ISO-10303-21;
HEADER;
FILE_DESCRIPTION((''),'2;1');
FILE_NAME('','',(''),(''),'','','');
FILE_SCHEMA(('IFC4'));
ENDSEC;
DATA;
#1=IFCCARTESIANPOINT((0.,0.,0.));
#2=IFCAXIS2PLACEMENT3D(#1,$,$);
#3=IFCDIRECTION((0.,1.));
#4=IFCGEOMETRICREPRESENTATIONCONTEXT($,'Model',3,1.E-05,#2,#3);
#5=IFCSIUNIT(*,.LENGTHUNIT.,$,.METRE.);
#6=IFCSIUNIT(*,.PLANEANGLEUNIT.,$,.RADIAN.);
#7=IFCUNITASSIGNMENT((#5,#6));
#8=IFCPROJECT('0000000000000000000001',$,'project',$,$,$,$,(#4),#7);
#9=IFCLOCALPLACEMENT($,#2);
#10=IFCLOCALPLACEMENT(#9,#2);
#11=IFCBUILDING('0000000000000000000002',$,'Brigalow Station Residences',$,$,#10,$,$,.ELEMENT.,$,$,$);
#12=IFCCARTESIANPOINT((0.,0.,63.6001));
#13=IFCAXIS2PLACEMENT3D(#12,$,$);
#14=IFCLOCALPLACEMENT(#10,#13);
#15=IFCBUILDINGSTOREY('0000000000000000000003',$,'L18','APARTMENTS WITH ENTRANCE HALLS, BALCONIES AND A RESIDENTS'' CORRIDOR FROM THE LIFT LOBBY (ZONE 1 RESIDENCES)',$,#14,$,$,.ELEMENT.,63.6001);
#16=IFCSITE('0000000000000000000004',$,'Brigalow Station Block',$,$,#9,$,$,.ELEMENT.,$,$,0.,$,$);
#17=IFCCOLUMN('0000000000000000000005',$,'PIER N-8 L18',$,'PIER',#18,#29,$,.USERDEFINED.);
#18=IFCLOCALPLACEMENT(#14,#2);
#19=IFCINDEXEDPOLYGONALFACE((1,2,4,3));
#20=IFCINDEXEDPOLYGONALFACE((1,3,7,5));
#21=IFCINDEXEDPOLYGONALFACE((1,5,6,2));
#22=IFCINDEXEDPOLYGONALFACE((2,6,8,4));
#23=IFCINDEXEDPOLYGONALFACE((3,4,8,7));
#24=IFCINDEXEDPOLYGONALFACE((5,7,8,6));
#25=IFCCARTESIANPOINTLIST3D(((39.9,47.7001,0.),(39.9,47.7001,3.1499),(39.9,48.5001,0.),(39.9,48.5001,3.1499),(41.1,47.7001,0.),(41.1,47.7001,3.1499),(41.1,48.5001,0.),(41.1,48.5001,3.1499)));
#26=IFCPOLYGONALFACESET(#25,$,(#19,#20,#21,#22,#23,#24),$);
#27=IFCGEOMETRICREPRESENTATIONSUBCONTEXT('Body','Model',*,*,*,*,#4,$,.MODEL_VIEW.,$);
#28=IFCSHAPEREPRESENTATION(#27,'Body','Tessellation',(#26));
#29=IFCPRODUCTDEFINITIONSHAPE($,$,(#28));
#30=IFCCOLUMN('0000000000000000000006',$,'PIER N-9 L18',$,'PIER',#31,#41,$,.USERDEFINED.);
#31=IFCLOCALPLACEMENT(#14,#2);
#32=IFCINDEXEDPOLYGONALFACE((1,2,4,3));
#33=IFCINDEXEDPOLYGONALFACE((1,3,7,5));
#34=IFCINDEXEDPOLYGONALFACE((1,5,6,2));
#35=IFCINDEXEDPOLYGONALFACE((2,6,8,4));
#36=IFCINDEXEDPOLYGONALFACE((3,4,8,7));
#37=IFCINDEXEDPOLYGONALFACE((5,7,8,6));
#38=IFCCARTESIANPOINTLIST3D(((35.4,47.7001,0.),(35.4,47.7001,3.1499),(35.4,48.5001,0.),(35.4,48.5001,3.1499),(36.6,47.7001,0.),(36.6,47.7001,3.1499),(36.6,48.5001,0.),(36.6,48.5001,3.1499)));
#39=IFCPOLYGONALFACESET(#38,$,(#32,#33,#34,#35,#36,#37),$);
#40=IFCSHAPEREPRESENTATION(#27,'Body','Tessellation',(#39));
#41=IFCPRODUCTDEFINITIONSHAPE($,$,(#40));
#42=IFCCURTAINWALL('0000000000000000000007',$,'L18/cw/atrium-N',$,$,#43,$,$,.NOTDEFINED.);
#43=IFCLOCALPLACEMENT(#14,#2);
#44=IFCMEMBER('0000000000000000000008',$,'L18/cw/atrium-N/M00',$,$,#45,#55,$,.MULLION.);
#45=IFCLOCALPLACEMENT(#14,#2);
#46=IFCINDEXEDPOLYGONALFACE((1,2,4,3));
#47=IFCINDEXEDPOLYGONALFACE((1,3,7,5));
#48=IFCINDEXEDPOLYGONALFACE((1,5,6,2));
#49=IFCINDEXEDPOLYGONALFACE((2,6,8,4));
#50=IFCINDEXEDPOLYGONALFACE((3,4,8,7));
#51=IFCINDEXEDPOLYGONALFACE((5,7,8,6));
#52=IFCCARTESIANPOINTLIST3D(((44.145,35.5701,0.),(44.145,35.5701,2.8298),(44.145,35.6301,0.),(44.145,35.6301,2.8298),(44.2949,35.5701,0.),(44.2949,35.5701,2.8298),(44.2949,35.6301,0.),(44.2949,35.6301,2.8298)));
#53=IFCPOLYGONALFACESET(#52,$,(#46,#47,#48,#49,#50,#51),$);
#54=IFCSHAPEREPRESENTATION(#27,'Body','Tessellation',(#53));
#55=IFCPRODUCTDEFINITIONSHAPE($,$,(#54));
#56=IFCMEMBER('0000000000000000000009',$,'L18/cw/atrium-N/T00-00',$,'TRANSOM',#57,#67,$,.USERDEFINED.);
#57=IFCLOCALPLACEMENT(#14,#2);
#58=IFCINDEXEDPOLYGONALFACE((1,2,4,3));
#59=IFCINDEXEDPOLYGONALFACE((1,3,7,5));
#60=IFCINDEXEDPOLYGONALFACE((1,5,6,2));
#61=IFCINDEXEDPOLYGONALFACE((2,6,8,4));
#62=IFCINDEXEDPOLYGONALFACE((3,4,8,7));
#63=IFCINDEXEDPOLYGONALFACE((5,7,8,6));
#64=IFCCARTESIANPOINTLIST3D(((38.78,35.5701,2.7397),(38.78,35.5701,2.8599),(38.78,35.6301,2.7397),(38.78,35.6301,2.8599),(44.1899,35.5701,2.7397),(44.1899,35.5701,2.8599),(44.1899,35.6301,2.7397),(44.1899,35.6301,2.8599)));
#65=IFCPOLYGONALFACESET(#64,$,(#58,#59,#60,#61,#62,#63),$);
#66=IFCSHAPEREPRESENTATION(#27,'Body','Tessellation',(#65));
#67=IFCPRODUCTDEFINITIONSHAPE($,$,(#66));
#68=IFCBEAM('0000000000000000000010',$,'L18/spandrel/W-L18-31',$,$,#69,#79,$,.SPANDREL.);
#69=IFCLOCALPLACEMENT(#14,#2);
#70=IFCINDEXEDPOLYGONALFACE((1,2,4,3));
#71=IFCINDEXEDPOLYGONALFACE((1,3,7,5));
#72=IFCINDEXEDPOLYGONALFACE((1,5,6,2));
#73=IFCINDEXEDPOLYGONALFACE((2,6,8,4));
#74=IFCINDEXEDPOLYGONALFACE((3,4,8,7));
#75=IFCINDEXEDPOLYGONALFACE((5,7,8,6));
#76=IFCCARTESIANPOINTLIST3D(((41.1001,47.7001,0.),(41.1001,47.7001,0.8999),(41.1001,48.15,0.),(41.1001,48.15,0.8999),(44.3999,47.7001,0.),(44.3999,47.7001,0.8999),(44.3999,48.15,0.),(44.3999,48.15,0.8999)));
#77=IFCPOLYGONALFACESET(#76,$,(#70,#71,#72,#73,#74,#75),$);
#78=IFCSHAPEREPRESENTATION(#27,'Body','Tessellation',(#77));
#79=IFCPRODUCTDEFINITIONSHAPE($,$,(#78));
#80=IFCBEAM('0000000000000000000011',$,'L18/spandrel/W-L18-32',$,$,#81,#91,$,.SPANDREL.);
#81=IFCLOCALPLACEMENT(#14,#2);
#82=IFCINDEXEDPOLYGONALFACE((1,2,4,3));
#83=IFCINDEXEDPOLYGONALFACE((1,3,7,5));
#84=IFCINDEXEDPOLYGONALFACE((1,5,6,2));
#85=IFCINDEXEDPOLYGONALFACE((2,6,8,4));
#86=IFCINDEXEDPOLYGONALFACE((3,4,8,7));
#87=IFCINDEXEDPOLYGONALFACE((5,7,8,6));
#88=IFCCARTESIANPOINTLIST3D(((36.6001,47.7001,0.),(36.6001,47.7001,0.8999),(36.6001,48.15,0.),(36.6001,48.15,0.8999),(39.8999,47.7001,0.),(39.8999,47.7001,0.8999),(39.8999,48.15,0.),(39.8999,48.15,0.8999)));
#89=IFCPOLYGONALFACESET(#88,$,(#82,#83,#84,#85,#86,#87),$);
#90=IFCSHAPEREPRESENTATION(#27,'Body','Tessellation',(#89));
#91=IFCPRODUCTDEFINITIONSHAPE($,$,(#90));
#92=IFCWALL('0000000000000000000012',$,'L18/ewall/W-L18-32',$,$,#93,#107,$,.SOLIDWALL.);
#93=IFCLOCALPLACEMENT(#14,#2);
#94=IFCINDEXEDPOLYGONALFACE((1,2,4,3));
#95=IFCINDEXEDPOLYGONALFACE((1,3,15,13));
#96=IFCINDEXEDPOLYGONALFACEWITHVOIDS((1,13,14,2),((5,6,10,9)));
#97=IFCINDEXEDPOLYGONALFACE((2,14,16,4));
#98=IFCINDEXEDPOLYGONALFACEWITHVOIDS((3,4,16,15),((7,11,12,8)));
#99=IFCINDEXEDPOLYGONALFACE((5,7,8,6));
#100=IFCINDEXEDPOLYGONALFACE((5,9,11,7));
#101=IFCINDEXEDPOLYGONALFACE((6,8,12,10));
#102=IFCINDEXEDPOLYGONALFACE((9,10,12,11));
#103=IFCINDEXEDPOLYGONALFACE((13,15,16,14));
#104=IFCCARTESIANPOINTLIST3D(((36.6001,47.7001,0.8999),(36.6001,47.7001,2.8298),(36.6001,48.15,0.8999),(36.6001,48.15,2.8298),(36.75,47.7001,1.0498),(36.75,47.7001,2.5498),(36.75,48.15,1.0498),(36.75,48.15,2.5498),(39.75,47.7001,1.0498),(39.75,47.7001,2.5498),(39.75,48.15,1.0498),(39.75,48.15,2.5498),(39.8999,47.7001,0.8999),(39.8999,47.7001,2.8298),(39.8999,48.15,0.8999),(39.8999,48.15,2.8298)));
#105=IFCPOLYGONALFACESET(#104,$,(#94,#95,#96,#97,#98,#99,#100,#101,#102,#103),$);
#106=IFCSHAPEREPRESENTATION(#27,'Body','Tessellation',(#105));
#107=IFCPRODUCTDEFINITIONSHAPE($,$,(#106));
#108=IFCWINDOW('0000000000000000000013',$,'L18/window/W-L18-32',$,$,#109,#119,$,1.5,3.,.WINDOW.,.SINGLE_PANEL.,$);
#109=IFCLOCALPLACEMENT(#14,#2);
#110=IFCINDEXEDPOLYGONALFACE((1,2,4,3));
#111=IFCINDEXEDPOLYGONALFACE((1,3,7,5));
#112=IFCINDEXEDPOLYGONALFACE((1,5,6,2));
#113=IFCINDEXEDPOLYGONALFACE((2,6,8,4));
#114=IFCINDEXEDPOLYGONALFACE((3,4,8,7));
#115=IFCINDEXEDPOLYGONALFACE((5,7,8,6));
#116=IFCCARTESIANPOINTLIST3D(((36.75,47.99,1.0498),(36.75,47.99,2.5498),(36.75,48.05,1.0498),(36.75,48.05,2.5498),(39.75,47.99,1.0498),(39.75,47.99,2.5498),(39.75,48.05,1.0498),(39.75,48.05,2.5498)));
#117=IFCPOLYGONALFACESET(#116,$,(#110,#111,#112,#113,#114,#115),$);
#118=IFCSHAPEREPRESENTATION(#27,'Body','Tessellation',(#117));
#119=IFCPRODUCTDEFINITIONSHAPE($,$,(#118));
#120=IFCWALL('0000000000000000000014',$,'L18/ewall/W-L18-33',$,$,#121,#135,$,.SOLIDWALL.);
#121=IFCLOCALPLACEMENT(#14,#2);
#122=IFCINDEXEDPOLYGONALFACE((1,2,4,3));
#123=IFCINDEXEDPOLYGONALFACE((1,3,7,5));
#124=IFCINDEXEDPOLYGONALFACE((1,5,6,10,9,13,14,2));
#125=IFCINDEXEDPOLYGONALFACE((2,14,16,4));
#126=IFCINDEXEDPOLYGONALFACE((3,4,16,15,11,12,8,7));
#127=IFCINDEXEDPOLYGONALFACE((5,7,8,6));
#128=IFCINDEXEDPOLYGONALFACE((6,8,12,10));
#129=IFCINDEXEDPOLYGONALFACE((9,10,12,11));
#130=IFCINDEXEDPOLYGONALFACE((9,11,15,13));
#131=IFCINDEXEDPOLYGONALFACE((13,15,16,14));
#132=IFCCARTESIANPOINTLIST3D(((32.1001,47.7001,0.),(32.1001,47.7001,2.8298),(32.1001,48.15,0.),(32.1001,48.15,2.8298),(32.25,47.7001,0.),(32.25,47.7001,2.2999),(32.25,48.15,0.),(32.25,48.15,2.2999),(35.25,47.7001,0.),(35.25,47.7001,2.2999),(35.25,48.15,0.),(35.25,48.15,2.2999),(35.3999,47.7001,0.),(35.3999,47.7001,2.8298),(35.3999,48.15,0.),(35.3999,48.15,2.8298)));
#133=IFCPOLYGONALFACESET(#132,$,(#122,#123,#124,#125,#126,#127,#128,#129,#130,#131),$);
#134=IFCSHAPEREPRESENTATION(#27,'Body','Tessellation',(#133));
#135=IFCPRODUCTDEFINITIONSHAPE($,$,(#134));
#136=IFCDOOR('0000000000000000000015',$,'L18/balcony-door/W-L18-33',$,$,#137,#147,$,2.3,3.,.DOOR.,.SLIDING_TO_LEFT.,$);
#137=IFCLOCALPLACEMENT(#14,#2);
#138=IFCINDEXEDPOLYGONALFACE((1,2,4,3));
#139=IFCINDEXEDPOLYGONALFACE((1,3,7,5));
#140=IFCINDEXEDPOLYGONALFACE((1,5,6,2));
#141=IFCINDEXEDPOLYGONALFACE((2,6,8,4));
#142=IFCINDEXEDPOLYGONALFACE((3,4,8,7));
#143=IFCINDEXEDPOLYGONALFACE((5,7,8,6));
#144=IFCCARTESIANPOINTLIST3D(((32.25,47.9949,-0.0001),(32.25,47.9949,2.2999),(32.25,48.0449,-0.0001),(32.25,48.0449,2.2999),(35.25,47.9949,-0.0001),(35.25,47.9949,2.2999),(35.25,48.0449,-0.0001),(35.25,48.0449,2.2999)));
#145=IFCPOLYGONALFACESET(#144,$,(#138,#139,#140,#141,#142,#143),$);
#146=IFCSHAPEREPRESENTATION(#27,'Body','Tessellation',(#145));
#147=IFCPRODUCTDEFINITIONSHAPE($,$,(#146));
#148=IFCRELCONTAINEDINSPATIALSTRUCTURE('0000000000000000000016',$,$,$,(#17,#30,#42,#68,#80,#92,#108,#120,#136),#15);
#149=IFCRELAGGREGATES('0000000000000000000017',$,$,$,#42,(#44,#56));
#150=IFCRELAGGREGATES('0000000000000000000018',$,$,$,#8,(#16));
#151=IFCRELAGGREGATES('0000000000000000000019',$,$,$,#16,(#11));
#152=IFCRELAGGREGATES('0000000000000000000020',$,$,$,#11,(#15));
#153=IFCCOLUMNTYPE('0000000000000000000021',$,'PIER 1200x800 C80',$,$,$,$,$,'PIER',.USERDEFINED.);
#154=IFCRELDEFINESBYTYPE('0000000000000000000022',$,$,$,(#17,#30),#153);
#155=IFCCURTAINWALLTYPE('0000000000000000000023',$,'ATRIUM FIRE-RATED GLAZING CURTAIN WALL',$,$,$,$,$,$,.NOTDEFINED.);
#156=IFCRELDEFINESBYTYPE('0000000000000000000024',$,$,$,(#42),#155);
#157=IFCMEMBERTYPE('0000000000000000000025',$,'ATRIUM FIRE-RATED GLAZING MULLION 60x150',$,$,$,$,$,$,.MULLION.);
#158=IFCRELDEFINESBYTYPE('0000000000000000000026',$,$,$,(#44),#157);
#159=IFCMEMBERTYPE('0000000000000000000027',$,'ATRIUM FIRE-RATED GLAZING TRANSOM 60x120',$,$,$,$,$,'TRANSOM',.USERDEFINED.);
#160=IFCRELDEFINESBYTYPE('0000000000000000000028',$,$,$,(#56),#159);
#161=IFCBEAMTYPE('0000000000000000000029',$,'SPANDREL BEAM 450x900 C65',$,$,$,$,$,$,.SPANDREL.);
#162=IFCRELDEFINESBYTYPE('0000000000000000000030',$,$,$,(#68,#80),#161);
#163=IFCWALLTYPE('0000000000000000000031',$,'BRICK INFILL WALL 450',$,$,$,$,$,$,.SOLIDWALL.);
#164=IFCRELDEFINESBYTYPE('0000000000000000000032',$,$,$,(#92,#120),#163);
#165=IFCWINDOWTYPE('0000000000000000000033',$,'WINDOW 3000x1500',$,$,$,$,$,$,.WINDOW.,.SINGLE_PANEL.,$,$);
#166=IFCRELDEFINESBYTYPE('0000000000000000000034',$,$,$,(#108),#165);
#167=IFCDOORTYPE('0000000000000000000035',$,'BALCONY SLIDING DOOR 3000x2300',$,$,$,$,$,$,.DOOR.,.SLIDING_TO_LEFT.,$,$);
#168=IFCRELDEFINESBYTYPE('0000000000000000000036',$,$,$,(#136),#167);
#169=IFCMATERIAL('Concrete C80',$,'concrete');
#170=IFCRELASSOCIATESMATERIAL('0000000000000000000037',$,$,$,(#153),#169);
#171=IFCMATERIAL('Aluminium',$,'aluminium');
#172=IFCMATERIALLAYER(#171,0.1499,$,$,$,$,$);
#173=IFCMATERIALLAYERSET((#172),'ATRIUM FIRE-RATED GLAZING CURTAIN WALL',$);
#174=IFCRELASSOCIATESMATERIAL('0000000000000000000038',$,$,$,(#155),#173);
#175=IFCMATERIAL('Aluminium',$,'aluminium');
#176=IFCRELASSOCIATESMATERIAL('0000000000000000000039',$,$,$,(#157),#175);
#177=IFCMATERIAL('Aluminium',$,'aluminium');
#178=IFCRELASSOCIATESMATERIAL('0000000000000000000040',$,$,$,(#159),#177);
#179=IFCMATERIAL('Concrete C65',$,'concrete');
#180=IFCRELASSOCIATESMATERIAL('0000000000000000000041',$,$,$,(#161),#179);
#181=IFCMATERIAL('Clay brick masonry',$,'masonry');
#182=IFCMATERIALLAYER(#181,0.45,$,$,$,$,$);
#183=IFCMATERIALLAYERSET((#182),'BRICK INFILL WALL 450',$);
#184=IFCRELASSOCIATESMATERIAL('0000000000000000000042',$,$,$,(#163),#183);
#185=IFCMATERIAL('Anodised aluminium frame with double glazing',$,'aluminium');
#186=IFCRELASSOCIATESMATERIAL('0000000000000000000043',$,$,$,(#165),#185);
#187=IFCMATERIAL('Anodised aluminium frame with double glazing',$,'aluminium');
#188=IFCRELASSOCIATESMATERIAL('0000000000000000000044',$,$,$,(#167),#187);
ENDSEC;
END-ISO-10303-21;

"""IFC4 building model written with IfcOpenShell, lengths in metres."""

from ifc_helpers import new_model, si_unit, direction, frame, frame_2d, origin, origin_2d, place, context, subcontext, project, spatial, rectangle, extrude, material, layer, layer_set, material_profile, profile_set, type_object, element, fill, aggregate, save


model = new_model("IFC4")

# Units and contexts
model_context = context("Model", 3, precision=1e-05, world=origin(), true_north=direction((0.0, 1.0)))
body_context = subcontext(model_context, "Body", "Model", "MODEL_VIEW")
ifc_project = project(units=[si_unit("LENGTHUNIT", "METRE"), si_unit("PLANEANGLEUNIT", "RADIAN")], contexts=[model_context])

# Site, building, storey
site_placement = place(None, origin())
site = spatial("IfcSite", under=ifc_project, at=site_placement, Name="Brigalow Station Block", CompositionType="ELEMENT", RefElevation=0.0)
building_placement = place(site_placement, origin())
building = spatial("IfcBuilding", under=site, at=building_placement, Name="Brigalow Station Residences", CompositionType="ELEMENT")
storey_placement = place(building_placement, frame((0.0, 0.0, 63.6001)))
storey = spatial("IfcBuildingStorey", under=building, at=storey_placement, Name="L18", Description="APARTMENTS WITH ENTRANCE HALLS, BALCONIES AND A RESIDENTS' CORRIDOR FROM THE LIFT LOBBY (ZONE 1 RESIDENCES)", CompositionType="ELEMENT", Elevation=63.6001)

# Columns
ifc_material_1 = material(Name="Concrete C80", Category="concrete")
ifc_material_profile_1 = material_profile(ifc_material_1, rectangle(XDim=1.2, YDim=0.8, at=origin_2d()), Name="RC1200x800")
ifc_profile_set_1 = profile_set([ifc_material_profile_1], Name="Concrete C80")
column_type = type_object("IfcColumnType", Name="PIER 1200x800 C80", ElementType="PIER", PredefinedType="USERDEFINED", material=ifc_profile_set_1)
for number, where, z_axis, x_axis, name in (
    (1, (40.5, 48.1001, 0.0), (0.0, 0.0, 1.0), (-1.0, 0.0, 0.0), "PIER N-8 L18"),
    (2, (36.0, 48.1001, 0.0), (0.0, 0.0, 1.0), (-1.0, 0.0, 0.0), "PIER N-9 L18"),
):
    element("IfcColumn", number, at=place(storey_placement, frame(where, z_axis=z_axis, x_axis=x_axis)), inside=storey, type_object=column_type, Name=name, ObjectType="PIER", PredefinedType="USERDEFINED", context=body_context, shape_type="SweptSolid", body=[
        extrude(rectangle(XDim=1.2, YDim=0.8, at=origin_2d()), origin(), (0.0, 0.0, 1.0), 3.1499),
    ])

# Curtain wall, members
ifc_material_2 = material(Name="Aluminium", Category="aluminium")
ifc_layer_1 = layer(ifc_material_2, 0.1499)
ifc_layer_set_1 = layer_set([ifc_layer_1], Name="ATRIUM FIRE-RATED GLAZING CURTAIN WALL")
curtain_wall_type = type_object("IfcCurtainWallType", Name="ATRIUM FIRE-RATED GLAZING CURTAIN WALL", PredefinedType="NOTDEFINED", material=ifc_layer_set_1)
curtain_wall_placement = place(storey_placement, origin())
curtain_wall = element("IfcCurtainWall", 3, at=curtain_wall_placement, inside=storey, type_object=curtain_wall_type, Name="L18/cw/atrium-N", PredefinedType="NOTDEFINED")
ifc_material_3 = material(Name="Aluminium", Category="aluminium")
ifc_material_profile_2 = material_profile(ifc_material_3, rectangle(XDim=0.0601, YDim=0.1499, at=origin_2d()), Name="ATRIUM FIRE-RATED GLAZING MULLION 60x150")
ifc_profile_set_2 = profile_set([ifc_material_profile_2], Name="Aluminium")
member_type_1 = type_object("IfcMemberType", Name="ATRIUM FIRE-RATED GLAZING MULLION 60x150", PredefinedType="MULLION", material=ifc_profile_set_2)
member_1_placement = place(storey_placement, frame((44.22, 35.6001, 0.0), z_axis=(0.0, 0.0, 1.0), x_axis=(0.0, -1.0, 0.0)))
member_1 = element("IfcMember", 4, at=member_1_placement, type_object=member_type_1, Name="L18/cw/atrium-N/M00", PredefinedType="MULLION", context=body_context, shape_type="SweptSolid", body=[
    extrude(rectangle(XDim=0.0601, YDim=0.1499, at=origin_2d()), origin(), (0.0, 0.0, 1.0), 2.8298),
])
ifc_material_4 = material(Name="Aluminium", Category="aluminium")
ifc_material_profile_3 = material_profile(ifc_material_4, rectangle(XDim=0.0601, YDim=0.1201, at=origin_2d()), Name="ATRIUM FIRE-RATED GLAZING TRANSOM 60x120")
ifc_profile_set_3 = profile_set([ifc_material_profile_3], Name="Aluminium")
member_type_2 = type_object("IfcMemberType", Name="ATRIUM FIRE-RATED GLAZING TRANSOM 60x120", ElementType="TRANSOM", PredefinedType="USERDEFINED", material=ifc_profile_set_3)
member_2_placement = place(storey_placement, frame((44.1899, 35.6001, 2.7998), z_axis=(-1.0, 0.0, 0.0), x_axis=(0.0, -1.0, 0.0)))
member_2 = element("IfcMember", 5, at=member_2_placement, type_object=member_type_2, Name="L18/cw/atrium-N/T00-00", ObjectType="TRANSOM", PredefinedType="USERDEFINED", context=body_context, shape_type="SweptSolid", body=[
    extrude(rectangle(XDim=0.0601, YDim=0.1201, at=origin_2d()), origin(), (0.0, 0.0, 1.0), 5.4099),
])
aggregate(curtain_wall, [member_1, member_2])

# Beams
ifc_material_5 = material(Name="Concrete C65", Category="concrete")
ifc_material_profile_4 = material_profile(ifc_material_5, rectangle(XDim=0.45, YDim=0.8999, at=origin_2d()), Name="RC450x900")
ifc_profile_set_4 = profile_set([ifc_material_profile_4], Name="Concrete C65")
beam_type = type_object("IfcBeamType", Name="SPANDREL BEAM 450x900 C65", PredefinedType="SPANDREL", material=ifc_profile_set_4)
for number, where, z_axis, x_axis, name in (
    (6, (44.3999, 47.925, 0.45), (-1.0, 0.0, 0.0), (0.0, -1.0, 0.0), "L18/spandrel/W-L18-31"),
    (7, (39.8999, 47.925, 0.45), (-1.0, 0.0, 0.0), (0.0, -1.0, 0.0), "L18/spandrel/W-L18-32"),
):
    element("IfcBeam", number, at=place(storey_placement, frame(where, z_axis=z_axis, x_axis=x_axis)), inside=storey, type_object=beam_type, Name=name, PredefinedType="SPANDREL", context=body_context, shape_type="SweptSolid", body=[
        extrude(rectangle(XDim=0.45, YDim=0.8999, at=origin_2d()), origin(), (0.0, 0.0, 1.0), 3.2998),
    ])

# Wall, opening, window
ifc_material_6 = material(Name="Clay brick masonry", Category="masonry")
ifc_layer_2 = layer(ifc_material_6, 0.45)
ifc_layer_set_2 = layer_set([ifc_layer_2], Name="BRICK INFILL WALL 450")
wall_type_1 = type_object("IfcWallType", Name="BRICK INFILL WALL 450", PredefinedType="SOLIDWALL", material=ifc_layer_set_2)
wall_1_placement = place(storey_placement, frame((39.8999, 47.925, 0.8999), z_axis=(0.0, 0.0, 1.0), x_axis=(-1.0, 0.0, 0.0)))
wall_1 = element("IfcWall", 8, at=wall_1_placement, inside=storey, type_object=wall_type_1, Name="L18/ewall/W-L18-32", PredefinedType="SOLIDWALL", context=body_context, shape_type="SweptSolid", body=[
    extrude(rectangle(XDim=3.2998, YDim=0.45, at=frame_2d((1.6499, 0.0))), origin(), (0.0, 0.0, 1.0), 1.9299),
])
opening_1_placement = place(wall_1_placement, frame((0.1499, 0.0, 0.1499)))
opening_1 = element("IfcOpeningElement", 9, at=opening_1_placement, cuts=wall_1, PredefinedType="OPENING", context=body_context, shape_type="SweptSolid", body=[
    extrude(rectangle(XDim=3.0, YDim=1.5, at=frame_2d((1.5, 0.75))), frame((0.0, 0.2349, 0.0), z_axis=(0.0, -1.0, 0.0), x_axis=(1.0, 0.0, 0.0)), (0.0, 0.0, 1.0), 0.47),
])
ifc_material_7 = material(Name="Anodised aluminium frame with double glazing", Category="aluminium")
window_type = type_object("IfcWindowType", Name="WINDOW 3000x1500", PartitioningType="SINGLE_PANEL", PredefinedType="WINDOW", material=ifc_material_7)
window_placement = place(opening_1_placement, origin())
window = element("IfcWindow", 10, at=window_placement, inside=storey, type_object=window_type, Name="L18/window/W-L18-32", OverallHeight=1.5, OverallWidth=3.0, PartitioningType="SINGLE_PANEL", PredefinedType="WINDOW", context=body_context, shape_type="SweptSolid", body=[
    extrude(rectangle(XDim=3.0, YDim=1.5, at=frame_2d((1.5, 0.75))), frame((0.0, -0.0649, 0.0), z_axis=(0.0, -1.0, 0.0), x_axis=(1.0, 0.0, 0.0)), (0.0, 0.0, 1.0), 0.0601),
])
fill(opening_1, window)

# Wall, opening, door
wall_2_placement = place(storey_placement, frame((35.3999, 47.925, 0.0), z_axis=(0.0, 0.0, 1.0), x_axis=(-1.0, 0.0, 0.0)))
wall_2 = element("IfcWall", 11, at=wall_2_placement, inside=storey, type_object=wall_type_1, Name="L18/ewall/W-L18-33", PredefinedType="SOLIDWALL", context=body_context, shape_type="SweptSolid", body=[
    extrude(rectangle(XDim=3.2998, YDim=0.45, at=frame_2d((1.6499, 0.0))), origin(), (0.0, 0.0, 1.0), 2.8298),
])
opening_2_placement = place(wall_2_placement, frame((0.1499, 0.0, 0.0)))
opening_2 = element("IfcOpeningElement", 12, at=opening_2_placement, cuts=wall_2, PredefinedType="OPENING", context=body_context, shape_type="SweptSolid", body=[
    extrude(rectangle(XDim=3.0, YDim=2.3, at=frame_2d((1.5, 1.1499))), frame((0.0, 0.2349, 0.0), z_axis=(0.0, -1.0, 0.0), x_axis=(1.0, 0.0, 0.0)), (0.0, 0.0, 1.0), 0.47),
])
ifc_material_8 = material(Name="Anodised aluminium frame with double glazing", Category="aluminium")
door_type_1 = type_object("IfcDoorType", Name="BALCONY SLIDING DOOR 3000x2300", OperationType="SLIDING_TO_LEFT", PredefinedType="DOOR", material=ifc_material_8)
door_1_placement = place(opening_2_placement, origin())
door_1 = element("IfcDoor", 13, at=door_1_placement, inside=storey, type_object=door_type_1, Name="L18/balcony-door/W-L18-33", OperationType="SLIDING_TO_LEFT", OverallHeight=2.3, OverallWidth=3.0, PredefinedType="DOOR", context=body_context, shape_type="SweptSolid", body=[
    extrude(rectangle(XDim=3.0, YDim=2.3, at=frame_2d((1.5, 1.1499))), frame((0.0, -0.0698, 0.0), z_axis=(0.0, -1.0, 0.0), x_axis=(1.0, 0.0, 0.0)), (0.0, 0.0, 1.0), 0.05),
])
fill(opening_2, door_1)

save(model, "model.ifc")
